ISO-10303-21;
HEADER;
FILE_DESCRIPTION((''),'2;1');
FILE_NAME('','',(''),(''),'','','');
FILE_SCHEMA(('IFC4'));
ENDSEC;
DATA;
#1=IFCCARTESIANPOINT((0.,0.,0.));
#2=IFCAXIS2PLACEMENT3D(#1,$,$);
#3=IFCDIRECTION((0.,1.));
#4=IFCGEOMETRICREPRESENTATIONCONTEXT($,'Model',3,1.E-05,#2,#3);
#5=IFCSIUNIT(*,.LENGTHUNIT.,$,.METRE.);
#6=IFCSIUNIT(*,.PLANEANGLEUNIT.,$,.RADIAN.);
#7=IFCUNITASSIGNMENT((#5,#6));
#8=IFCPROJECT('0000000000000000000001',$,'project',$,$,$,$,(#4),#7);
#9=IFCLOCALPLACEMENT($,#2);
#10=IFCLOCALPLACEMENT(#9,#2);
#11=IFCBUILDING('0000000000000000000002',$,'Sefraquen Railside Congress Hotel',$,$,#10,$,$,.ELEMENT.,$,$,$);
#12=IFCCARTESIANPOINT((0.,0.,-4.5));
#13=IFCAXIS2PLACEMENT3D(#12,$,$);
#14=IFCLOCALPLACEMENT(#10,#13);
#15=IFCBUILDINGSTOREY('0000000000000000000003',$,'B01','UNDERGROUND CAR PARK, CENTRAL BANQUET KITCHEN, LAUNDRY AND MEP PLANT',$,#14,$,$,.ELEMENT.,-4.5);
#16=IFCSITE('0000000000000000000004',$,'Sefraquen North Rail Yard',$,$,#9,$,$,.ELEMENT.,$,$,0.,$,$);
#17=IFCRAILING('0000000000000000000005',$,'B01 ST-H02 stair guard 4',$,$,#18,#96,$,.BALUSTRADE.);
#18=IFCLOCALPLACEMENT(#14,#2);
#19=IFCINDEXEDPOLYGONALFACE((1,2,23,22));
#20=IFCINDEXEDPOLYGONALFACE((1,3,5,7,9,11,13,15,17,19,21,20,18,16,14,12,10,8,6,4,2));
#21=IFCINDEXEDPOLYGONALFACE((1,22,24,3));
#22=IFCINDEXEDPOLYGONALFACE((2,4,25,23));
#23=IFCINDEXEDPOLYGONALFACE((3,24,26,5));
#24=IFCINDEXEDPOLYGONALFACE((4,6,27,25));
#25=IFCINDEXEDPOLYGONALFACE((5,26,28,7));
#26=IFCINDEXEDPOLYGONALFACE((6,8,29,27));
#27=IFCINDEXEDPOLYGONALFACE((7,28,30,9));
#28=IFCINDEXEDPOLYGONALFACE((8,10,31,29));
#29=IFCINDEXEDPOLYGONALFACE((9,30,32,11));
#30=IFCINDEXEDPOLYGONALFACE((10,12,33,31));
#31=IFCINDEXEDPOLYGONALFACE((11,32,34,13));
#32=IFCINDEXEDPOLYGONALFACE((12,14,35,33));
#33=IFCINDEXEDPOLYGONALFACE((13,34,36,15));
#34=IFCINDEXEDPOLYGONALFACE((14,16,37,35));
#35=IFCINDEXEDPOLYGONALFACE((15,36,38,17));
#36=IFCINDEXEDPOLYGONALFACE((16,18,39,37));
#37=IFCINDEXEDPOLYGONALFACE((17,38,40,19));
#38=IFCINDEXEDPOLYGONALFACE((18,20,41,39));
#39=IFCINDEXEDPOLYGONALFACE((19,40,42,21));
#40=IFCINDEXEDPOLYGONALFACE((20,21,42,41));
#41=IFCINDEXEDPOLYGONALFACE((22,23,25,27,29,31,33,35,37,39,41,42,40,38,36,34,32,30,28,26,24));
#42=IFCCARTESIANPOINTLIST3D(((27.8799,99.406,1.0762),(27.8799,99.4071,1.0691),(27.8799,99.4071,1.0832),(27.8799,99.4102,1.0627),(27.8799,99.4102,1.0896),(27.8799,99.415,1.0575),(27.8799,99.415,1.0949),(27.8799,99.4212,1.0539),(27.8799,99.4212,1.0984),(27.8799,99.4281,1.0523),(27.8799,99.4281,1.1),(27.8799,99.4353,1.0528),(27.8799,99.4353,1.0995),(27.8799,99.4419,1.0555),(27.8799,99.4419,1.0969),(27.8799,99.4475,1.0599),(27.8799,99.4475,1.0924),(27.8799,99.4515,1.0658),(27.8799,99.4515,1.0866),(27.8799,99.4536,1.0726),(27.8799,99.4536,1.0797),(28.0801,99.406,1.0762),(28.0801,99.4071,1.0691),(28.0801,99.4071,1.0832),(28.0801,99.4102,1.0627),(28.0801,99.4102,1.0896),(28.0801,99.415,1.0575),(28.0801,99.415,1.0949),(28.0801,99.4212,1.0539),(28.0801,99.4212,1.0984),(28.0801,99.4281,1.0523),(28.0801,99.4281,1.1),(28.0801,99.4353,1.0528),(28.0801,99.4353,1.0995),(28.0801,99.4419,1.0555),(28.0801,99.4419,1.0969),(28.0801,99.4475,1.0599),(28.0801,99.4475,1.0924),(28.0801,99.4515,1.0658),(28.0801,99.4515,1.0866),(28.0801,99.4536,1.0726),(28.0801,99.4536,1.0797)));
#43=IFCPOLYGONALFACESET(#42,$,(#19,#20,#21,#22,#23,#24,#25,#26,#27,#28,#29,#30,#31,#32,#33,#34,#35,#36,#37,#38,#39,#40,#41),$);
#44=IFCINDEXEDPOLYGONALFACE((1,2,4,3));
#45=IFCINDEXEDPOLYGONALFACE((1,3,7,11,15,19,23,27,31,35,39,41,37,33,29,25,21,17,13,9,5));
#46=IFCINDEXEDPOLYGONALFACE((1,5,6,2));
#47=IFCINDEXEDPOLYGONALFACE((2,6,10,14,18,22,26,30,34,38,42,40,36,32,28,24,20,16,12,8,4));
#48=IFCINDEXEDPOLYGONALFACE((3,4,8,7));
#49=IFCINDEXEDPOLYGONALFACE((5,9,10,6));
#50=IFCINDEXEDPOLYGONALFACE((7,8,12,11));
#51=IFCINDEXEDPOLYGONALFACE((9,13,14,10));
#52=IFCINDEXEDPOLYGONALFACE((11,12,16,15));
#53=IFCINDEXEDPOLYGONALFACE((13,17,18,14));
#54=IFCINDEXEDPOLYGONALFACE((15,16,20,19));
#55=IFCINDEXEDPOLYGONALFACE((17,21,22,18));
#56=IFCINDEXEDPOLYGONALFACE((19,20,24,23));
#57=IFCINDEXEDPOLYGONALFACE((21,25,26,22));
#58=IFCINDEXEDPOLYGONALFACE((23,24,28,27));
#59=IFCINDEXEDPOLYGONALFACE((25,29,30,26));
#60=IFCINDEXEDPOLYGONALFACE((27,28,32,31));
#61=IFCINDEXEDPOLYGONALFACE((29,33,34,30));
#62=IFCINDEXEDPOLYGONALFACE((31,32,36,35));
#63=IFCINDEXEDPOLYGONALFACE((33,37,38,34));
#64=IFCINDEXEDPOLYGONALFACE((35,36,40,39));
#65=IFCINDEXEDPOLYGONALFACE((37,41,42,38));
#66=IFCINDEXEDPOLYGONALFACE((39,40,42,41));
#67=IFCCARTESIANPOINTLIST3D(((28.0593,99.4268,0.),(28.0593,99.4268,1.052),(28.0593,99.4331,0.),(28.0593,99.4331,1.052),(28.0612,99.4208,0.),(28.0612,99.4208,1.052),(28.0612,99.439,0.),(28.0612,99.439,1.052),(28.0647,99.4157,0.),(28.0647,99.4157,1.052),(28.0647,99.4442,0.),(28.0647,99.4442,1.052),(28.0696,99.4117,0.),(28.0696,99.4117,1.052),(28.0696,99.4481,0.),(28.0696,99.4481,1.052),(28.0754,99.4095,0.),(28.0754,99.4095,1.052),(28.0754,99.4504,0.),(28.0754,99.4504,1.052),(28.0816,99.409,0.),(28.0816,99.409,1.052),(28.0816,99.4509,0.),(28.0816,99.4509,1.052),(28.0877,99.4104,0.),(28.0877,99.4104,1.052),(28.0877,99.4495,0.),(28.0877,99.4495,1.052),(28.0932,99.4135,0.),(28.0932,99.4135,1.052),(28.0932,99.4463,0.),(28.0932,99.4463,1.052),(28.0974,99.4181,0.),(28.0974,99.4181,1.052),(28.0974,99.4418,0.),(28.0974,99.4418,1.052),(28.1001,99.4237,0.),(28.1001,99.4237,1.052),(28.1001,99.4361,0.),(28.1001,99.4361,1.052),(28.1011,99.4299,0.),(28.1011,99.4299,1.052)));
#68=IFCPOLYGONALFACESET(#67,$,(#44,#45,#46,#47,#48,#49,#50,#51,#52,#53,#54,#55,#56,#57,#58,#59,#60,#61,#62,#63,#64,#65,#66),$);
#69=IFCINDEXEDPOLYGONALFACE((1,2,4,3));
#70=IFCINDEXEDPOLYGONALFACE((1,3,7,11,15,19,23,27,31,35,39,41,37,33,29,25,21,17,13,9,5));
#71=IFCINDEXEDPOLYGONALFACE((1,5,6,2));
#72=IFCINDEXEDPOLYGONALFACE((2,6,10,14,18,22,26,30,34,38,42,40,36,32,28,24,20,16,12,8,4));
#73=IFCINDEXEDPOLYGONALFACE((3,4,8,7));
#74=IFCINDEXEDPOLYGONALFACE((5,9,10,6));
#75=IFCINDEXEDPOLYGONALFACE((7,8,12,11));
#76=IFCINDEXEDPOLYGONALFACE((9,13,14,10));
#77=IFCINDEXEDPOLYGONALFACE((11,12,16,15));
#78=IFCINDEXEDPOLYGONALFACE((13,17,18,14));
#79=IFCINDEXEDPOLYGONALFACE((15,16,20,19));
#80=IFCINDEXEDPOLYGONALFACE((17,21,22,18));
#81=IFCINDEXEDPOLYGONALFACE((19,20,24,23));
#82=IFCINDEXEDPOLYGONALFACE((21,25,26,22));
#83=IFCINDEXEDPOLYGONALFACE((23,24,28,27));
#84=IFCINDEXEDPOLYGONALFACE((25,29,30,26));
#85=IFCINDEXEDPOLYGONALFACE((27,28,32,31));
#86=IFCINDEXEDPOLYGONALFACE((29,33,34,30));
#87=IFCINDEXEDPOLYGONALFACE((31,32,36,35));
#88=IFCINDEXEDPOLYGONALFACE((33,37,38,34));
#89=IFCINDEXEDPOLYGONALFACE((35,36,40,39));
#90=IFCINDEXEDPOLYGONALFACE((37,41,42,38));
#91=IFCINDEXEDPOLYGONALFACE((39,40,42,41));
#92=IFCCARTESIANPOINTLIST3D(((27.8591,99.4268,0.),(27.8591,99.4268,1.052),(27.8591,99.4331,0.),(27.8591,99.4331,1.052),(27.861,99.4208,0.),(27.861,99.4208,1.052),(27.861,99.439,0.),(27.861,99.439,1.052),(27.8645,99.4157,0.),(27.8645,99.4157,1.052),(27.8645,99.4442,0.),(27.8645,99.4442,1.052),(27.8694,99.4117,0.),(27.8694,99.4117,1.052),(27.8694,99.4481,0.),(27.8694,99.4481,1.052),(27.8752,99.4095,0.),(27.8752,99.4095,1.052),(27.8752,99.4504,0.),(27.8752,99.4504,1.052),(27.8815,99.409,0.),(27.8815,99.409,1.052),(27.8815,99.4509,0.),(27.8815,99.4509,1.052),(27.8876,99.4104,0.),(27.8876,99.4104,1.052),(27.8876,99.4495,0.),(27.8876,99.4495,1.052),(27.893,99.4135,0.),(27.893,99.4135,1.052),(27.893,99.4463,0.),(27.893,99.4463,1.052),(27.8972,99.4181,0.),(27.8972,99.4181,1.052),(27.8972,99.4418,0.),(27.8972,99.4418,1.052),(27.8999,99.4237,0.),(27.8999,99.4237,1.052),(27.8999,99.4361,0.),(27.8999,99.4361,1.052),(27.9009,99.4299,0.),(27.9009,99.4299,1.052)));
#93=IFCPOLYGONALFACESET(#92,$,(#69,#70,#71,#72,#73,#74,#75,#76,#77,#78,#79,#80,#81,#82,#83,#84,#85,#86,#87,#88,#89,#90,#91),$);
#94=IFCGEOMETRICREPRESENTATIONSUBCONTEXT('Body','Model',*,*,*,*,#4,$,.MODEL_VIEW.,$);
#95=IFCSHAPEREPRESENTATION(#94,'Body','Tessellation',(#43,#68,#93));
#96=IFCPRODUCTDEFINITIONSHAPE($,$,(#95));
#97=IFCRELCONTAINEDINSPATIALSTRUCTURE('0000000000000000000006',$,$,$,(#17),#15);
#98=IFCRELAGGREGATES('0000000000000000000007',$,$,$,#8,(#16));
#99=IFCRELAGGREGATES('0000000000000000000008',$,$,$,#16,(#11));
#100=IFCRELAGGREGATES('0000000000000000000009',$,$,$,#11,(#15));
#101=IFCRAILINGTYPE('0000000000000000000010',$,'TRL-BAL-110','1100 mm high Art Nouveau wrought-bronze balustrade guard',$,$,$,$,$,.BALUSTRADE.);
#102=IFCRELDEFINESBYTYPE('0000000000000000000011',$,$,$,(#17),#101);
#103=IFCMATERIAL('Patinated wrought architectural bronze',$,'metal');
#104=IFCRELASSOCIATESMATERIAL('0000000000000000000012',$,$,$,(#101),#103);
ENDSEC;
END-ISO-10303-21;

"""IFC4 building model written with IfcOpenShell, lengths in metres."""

from ifc_helpers import new_model, si_unit, direction, frame, origin, origin_2d, place, context, subcontext, project, spatial, circle, extrude, material, type_object, element, save


model = new_model("IFC4")

# Units and contexts
model_context = context("Model", 3, precision=1e-05, world=origin(), true_north=direction((0.0, 1.0)))
body_context = subcontext(model_context, "Body", "Model", "MODEL_VIEW")
ifc_project = project(units=[si_unit("LENGTHUNIT", "METRE"), si_unit("PLANEANGLEUNIT", "RADIAN")], contexts=[model_context])

# Site, building, storey
site_placement = place(None, origin())
site = spatial("IfcSite", under=ifc_project, at=site_placement, Name="Sefraquen North Rail Yard", CompositionType="ELEMENT", RefElevation=0.0)
building_placement = place(site_placement, origin())
building = spatial("IfcBuilding", under=site, at=building_placement, Name="Sefraquen Railside Congress Hotel", CompositionType="ELEMENT")
storey_placement = place(building_placement, frame((0.0, 0.0, -4.5)))
storey = spatial("IfcBuildingStorey", under=building, at=storey_placement, Name="B01", Description="UNDERGROUND CAR PARK, CENTRAL BANQUET KITCHEN, LAUNDRY AND MEP PLANT", CompositionType="ELEMENT", Elevation=-4.5)

# Railing
ifc_material_1 = material(Name="Patinated wrought architectural bronze", Category="metal")
railing_type_1 = type_object("IfcRailingType", Name="TRL-BAL-110", Description="1100 mm high Art Nouveau wrought-bronze balustrade guard", PredefinedType="BALUSTRADE", material=ifc_material_1)
railing_1_placement = place(storey_placement, frame((28.0801, 99.4299, 0.0)))
element("IfcRailing", 1, at=railing_1_placement, inside=storey, type_object=railing_type_1, Name="B01 ST-H02 stair guard 4", PredefinedType="BALUSTRADE", context=body_context, shape_type="SweptSolid", body=[
    extrude(circle(Radius=0.0239, at=origin_2d()), frame((0.0, 0.0, 1.0762), z_axis=(-1.0, 0.0, 0.0), x_axis=(0.0, -1.0, 0.0)), (0.0, 0.0, 1.0), 0.2002),
    extrude(circle(Radius=0.021, at=origin_2d()), origin(), (0.0, 0.0, 1.0), 1.052),
    extrude(circle(Radius=0.021, at=origin_2d()), frame((-0.2002, 0.0, 0.0)), (0.0, 0.0, 1.0), 1.052),
])

save(model, "model.ifc")
